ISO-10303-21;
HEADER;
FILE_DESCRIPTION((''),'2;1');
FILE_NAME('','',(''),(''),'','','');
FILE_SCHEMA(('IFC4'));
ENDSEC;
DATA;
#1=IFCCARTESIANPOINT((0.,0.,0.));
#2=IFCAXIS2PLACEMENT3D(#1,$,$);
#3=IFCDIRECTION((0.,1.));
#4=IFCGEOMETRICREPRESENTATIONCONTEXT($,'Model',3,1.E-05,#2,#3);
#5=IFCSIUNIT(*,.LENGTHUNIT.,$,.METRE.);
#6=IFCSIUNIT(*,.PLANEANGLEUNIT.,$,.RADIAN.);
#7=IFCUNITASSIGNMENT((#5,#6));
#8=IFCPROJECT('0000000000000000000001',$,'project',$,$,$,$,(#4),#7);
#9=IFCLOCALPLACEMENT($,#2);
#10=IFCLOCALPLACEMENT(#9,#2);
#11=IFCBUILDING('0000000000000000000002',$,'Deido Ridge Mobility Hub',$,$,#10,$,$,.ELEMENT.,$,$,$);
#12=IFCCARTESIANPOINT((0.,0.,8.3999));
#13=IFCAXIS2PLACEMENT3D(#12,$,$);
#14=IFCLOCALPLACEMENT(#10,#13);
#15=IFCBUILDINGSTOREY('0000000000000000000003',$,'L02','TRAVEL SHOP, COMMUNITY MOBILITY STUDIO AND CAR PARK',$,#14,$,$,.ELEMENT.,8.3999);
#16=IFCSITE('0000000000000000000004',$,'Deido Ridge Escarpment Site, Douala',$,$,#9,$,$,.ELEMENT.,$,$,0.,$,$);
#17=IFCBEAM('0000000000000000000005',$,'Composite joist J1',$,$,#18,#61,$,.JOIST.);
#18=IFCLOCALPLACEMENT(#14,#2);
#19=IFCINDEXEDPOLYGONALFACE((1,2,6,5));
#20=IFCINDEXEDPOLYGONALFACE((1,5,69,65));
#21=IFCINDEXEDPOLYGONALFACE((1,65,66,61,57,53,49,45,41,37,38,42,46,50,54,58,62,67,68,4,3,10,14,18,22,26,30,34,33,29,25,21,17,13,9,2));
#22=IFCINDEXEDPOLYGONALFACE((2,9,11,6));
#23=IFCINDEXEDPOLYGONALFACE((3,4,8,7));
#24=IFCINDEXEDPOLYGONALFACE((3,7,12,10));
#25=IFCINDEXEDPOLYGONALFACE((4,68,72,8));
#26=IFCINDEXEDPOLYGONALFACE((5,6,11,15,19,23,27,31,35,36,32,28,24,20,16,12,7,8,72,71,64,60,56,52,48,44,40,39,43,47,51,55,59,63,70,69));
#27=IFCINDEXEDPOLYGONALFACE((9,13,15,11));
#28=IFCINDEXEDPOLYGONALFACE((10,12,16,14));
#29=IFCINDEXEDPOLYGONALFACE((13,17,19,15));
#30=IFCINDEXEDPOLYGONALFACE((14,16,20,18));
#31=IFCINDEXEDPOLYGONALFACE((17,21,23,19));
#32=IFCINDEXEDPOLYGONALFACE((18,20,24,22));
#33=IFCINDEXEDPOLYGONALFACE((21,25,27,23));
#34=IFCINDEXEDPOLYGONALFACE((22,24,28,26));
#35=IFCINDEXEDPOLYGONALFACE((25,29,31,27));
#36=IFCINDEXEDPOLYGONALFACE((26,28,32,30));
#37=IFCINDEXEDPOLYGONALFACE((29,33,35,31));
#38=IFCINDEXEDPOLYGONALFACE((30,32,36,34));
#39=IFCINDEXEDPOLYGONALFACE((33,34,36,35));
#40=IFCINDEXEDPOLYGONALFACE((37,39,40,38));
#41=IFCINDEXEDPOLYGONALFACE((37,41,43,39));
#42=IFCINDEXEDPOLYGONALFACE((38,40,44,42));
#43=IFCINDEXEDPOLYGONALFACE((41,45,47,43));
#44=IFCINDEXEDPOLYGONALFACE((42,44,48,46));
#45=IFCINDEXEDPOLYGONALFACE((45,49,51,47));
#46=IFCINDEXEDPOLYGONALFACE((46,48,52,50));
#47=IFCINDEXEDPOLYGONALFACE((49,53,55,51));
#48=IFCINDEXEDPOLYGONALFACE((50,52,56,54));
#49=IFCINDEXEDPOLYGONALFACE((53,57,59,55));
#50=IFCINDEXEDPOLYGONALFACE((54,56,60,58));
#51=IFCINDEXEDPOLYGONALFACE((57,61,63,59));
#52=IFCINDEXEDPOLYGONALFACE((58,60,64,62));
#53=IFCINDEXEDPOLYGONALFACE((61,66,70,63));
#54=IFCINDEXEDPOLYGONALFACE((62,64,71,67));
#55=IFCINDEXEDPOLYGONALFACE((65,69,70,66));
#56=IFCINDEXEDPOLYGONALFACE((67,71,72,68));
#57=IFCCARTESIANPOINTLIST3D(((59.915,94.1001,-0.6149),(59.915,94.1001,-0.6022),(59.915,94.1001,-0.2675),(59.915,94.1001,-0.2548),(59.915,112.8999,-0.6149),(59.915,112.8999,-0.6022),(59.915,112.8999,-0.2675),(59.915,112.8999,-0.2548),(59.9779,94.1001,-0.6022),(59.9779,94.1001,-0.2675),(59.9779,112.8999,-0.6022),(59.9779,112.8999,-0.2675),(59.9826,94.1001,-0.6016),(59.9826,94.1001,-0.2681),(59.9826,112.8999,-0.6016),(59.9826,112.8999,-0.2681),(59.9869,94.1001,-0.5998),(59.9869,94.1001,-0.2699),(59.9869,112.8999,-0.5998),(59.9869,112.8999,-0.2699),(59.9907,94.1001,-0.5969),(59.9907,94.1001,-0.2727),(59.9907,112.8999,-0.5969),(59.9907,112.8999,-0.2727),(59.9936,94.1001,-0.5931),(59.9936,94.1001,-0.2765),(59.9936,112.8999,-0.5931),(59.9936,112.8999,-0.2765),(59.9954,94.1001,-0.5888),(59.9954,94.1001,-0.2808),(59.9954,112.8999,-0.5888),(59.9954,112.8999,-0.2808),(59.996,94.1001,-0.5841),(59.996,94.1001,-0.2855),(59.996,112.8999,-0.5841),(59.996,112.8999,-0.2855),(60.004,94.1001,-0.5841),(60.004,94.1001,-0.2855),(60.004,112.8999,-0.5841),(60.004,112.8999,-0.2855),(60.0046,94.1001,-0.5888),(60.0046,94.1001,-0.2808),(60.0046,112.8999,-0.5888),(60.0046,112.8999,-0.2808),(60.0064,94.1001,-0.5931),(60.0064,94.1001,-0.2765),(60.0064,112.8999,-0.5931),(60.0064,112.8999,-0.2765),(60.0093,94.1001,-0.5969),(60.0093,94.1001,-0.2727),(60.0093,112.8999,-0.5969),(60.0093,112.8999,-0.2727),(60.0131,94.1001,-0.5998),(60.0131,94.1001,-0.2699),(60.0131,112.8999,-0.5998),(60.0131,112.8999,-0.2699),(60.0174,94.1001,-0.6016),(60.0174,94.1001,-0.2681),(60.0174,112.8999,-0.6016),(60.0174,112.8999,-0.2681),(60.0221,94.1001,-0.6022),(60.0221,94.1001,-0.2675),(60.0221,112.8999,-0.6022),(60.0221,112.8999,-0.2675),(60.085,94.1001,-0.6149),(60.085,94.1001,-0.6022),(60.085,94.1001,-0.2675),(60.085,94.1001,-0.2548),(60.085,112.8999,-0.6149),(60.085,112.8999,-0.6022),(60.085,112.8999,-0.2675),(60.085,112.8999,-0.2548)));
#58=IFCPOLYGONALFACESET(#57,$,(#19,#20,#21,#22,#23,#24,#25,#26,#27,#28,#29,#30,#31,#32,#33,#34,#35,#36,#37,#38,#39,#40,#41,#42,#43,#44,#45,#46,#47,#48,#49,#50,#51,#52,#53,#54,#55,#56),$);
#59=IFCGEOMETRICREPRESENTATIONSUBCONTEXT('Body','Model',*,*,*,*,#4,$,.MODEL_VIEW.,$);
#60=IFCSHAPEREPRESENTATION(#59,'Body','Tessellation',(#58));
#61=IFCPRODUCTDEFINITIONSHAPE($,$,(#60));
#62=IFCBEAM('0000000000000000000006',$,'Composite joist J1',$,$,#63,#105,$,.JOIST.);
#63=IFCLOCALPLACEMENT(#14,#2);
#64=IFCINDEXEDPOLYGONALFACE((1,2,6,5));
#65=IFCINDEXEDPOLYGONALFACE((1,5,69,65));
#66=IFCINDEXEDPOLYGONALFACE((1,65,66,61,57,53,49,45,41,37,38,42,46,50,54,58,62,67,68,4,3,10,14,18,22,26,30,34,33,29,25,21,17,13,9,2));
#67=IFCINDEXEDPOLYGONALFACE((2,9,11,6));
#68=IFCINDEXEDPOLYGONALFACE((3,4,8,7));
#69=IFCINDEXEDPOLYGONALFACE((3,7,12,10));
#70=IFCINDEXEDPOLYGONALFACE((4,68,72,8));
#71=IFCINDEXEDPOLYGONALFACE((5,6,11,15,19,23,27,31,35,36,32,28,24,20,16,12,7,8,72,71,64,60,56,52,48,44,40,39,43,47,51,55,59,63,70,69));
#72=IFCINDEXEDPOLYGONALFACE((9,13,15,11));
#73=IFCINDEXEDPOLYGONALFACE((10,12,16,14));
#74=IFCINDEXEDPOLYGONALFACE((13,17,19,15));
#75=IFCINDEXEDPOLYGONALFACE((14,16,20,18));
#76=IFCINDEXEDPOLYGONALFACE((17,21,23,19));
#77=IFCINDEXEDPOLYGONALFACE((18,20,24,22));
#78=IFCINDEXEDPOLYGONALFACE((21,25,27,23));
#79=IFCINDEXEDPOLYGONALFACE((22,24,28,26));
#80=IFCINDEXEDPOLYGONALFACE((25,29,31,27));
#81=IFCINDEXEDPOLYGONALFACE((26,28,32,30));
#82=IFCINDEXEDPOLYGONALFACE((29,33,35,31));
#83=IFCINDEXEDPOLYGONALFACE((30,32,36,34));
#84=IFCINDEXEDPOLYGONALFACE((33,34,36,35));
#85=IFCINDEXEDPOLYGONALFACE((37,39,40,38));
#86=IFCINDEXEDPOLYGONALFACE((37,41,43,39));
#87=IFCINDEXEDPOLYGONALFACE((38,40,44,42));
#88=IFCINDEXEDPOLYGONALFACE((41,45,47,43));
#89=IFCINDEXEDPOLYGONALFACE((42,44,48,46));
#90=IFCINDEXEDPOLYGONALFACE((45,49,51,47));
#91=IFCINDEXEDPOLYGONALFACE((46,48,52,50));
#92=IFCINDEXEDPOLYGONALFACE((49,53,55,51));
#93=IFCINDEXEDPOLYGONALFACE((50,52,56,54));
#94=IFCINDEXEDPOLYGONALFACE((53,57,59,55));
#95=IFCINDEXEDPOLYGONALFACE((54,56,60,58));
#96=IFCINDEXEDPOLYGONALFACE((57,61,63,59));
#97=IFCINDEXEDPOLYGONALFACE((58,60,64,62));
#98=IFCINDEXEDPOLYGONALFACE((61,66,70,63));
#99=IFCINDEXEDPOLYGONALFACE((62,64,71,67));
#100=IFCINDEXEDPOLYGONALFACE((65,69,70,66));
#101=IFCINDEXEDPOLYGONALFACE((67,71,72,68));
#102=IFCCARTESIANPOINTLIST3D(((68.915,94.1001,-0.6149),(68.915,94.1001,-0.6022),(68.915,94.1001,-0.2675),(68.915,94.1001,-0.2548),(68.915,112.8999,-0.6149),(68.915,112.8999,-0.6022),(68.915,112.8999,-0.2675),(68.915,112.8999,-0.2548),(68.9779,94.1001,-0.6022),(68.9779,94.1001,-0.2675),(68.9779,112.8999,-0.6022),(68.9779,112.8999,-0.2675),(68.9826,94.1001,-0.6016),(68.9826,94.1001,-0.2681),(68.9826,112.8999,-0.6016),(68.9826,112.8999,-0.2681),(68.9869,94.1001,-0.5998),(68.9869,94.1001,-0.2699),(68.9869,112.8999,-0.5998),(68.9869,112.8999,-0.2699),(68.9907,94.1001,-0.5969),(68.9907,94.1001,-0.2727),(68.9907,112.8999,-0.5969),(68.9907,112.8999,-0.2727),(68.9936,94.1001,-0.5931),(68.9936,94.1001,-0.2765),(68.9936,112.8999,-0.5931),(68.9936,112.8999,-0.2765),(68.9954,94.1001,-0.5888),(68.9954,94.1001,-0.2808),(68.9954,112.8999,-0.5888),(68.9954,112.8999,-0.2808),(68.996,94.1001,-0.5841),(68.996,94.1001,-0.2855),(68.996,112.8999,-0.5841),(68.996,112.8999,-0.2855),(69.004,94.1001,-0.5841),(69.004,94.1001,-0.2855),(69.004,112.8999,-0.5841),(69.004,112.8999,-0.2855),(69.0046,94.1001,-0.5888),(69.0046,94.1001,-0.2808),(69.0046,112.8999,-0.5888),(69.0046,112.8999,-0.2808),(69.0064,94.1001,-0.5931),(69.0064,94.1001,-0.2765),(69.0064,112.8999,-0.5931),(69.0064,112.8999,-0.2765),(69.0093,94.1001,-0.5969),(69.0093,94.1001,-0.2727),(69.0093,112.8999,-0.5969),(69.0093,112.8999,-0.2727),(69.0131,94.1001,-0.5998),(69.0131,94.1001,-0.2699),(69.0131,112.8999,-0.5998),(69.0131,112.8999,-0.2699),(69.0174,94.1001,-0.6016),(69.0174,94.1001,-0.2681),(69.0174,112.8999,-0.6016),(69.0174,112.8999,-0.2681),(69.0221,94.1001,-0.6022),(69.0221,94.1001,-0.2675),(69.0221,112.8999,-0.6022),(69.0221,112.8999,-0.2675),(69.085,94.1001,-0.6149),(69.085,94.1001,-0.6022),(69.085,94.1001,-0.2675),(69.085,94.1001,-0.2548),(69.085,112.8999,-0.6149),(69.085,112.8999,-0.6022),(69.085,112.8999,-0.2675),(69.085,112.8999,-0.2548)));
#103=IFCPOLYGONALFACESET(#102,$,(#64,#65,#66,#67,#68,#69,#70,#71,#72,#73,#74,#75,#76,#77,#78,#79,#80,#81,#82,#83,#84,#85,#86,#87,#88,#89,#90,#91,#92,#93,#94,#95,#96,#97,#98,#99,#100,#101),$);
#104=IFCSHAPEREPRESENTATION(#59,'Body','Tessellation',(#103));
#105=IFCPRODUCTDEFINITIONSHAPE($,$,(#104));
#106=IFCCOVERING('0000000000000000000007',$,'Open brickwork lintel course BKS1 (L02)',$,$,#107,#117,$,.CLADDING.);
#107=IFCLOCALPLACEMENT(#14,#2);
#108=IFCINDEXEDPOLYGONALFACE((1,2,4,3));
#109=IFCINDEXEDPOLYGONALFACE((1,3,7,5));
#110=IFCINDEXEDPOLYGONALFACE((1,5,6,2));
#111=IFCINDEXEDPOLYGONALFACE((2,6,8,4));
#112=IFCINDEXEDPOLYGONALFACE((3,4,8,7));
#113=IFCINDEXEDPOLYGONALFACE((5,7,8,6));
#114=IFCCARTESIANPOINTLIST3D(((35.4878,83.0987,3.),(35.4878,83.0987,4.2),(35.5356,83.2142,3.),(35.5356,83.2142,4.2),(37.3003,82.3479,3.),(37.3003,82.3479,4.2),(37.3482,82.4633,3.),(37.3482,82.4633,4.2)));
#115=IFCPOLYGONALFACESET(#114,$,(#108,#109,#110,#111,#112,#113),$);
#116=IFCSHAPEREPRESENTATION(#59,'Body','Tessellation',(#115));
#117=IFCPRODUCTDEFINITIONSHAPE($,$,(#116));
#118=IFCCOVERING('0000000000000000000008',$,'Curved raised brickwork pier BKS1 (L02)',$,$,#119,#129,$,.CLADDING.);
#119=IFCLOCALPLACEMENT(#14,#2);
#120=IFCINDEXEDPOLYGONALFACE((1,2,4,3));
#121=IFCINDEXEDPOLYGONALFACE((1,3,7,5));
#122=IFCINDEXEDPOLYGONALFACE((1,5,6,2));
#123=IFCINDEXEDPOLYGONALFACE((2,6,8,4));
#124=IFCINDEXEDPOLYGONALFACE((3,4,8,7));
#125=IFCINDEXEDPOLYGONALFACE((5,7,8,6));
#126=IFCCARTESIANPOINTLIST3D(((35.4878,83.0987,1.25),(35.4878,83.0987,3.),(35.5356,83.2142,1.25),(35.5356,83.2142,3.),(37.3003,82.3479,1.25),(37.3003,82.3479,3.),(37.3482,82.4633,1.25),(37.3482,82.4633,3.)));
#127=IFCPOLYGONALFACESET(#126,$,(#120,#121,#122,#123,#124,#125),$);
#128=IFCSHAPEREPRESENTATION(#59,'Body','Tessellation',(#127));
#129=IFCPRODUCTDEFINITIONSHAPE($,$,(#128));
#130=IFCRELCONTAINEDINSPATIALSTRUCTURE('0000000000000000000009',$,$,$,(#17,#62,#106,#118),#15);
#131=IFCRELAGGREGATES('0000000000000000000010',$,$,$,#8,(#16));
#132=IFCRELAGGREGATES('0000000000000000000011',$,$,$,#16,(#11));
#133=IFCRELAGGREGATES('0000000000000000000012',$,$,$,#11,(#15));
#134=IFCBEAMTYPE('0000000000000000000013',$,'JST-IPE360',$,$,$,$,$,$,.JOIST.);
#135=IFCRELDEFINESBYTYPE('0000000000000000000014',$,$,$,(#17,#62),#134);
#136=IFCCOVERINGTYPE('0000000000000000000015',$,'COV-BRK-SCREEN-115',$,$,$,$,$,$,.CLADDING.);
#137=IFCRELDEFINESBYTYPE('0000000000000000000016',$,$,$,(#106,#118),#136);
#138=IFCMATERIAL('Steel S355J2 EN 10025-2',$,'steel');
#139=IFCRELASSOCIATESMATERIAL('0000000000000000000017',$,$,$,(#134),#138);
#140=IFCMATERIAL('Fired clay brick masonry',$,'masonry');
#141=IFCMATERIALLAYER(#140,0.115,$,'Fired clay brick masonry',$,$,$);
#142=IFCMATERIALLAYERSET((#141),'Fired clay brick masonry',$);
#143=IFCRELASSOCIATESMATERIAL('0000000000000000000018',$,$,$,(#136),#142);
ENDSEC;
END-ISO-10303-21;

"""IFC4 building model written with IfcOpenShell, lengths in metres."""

from ifc_helpers import new_model, si_unit, direction, frame, origin, origin_2d, place, context, subcontext, project, spatial, rectangle, i_section, extrude, material, layer, layer_set, material_profile, profile_set, type_object, element, save


model = new_model("IFC4")

# Units and contexts
model_context = context("Model", 3, precision=1e-05, world=origin(), true_north=direction((0.0, 1.0)))
body_context = subcontext(model_context, "Body", "Model", "MODEL_VIEW")
ifc_project = project(units=[si_unit("LENGTHUNIT", "METRE"), si_unit("PLANEANGLEUNIT", "RADIAN")], contexts=[model_context])

# Site, building, storey
site_placement = place(None, origin())
site = spatial("IfcSite", under=ifc_project, at=site_placement, Name="Deido Ridge Escarpment Site, Douala", CompositionType="ELEMENT", RefElevation=0.0)
building_placement = place(site_placement, origin())
building = spatial("IfcBuilding", under=site, at=building_placement, Name="Deido Ridge Mobility Hub", CompositionType="ELEMENT")
storey_placement = place(building_placement, frame((0.0, 0.0, 8.3999)))
storey = spatial("IfcBuildingStorey", under=building, at=storey_placement, Name="L02", Description="TRAVEL SHOP, COMMUNITY MOBILITY STUDIO AND CAR PARK", CompositionType="ELEMENT", Elevation=8.3999)

# Shared definitions
ifc_material_1 = material(Name="Steel S355J2 EN 10025-2", Category="steel")

# Beams
ifc_material_profile_1 = material_profile(ifc_material_1, i_section(OverallWidth=0.1699, OverallDepth=0.3601, WebThickness=0.0081, FlangeThickness=0.0127, FilletRadius=0.0181, at=origin_2d()), Name="IPE 360")
ifc_profile_set_1 = profile_set([ifc_material_profile_1], Name="Steel S355J2 EN 10025-2")
beam_type_1 = type_object("IfcBeamType", Name="JST-IPE360", PredefinedType="JOIST", material=ifc_profile_set_1)
for number, where, z_axis, x_axis, name in (
    (1, (60.0, 94.1001, -0.4348), (0.0, 1.0, 0.0), (-1.0, 0.0, 0.0), "Composite joist J1"),
    (2, (69.0, 94.1001, -0.4348), (0.0, 1.0, 0.0), (-1.0, 0.0, 0.0), "Composite joist J1"),
):
    element("IfcBeam", number, at=place(storey_placement, frame(where, z_axis=z_axis, x_axis=x_axis)), inside=storey, type_object=beam_type_1, Name=name, PredefinedType="JOIST", context=body_context, shape_type="SweptSolid", body=[
        extrude(i_section(OverallWidth=0.1699, OverallDepth=0.3601, WebThickness=0.0081, FlangeThickness=0.0127, FilletRadius=0.0181, at=origin_2d()), origin(), (0.0, 0.0, 1.0), 18.7998),
    ])

# Coverings
ifc_material_2 = material(Name="Fired clay brick masonry", Category="masonry")
ifc_layer = layer(ifc_material_2, 0.115, Name="Fired clay brick masonry")
ifc_layer_set = layer_set([ifc_layer], Name="Fired clay brick masonry")
covering_type = type_object("IfcCoveringType", Name="COV-BRK-SCREEN-115", PredefinedType="CLADDING", material=ifc_layer_set)
covering_1_placement = place(storey_placement, frame((36.418, 82.781, 3.0), z_axis=(0.0, 0.0, 1.0), x_axis=(0.923873, -0.3827, 0.0)))
element("IfcCovering", 3, at=covering_1_placement, inside=storey, type_object=covering_type, Name="Open brickwork lintel course BKS1 (L02)", PredefinedType="CLADDING", context=body_context, shape_type="SweptSolid", body=[
    extrude(rectangle(XDim=1.9619, YDim=0.125, at=origin_2d()), origin(), (0.0, 0.0, 1.0), 1.2),
])
covering_2_placement = place(storey_placement, frame((36.418, 82.781, 1.25), z_axis=(0.0, 0.0, 1.0), x_axis=(0.923873, -0.3827, 0.0)))
element("IfcCovering", 4, at=covering_2_placement, inside=storey, type_object=covering_type, Name="Curved raised brickwork pier BKS1 (L02)", PredefinedType="CLADDING", context=body_context, shape_type="SweptSolid", body=[
    extrude(rectangle(XDim=1.9619, YDim=0.125, at=origin_2d()), origin(), (0.0, 0.0, 1.0), 1.75),
])

save(model, "model.ifc")
